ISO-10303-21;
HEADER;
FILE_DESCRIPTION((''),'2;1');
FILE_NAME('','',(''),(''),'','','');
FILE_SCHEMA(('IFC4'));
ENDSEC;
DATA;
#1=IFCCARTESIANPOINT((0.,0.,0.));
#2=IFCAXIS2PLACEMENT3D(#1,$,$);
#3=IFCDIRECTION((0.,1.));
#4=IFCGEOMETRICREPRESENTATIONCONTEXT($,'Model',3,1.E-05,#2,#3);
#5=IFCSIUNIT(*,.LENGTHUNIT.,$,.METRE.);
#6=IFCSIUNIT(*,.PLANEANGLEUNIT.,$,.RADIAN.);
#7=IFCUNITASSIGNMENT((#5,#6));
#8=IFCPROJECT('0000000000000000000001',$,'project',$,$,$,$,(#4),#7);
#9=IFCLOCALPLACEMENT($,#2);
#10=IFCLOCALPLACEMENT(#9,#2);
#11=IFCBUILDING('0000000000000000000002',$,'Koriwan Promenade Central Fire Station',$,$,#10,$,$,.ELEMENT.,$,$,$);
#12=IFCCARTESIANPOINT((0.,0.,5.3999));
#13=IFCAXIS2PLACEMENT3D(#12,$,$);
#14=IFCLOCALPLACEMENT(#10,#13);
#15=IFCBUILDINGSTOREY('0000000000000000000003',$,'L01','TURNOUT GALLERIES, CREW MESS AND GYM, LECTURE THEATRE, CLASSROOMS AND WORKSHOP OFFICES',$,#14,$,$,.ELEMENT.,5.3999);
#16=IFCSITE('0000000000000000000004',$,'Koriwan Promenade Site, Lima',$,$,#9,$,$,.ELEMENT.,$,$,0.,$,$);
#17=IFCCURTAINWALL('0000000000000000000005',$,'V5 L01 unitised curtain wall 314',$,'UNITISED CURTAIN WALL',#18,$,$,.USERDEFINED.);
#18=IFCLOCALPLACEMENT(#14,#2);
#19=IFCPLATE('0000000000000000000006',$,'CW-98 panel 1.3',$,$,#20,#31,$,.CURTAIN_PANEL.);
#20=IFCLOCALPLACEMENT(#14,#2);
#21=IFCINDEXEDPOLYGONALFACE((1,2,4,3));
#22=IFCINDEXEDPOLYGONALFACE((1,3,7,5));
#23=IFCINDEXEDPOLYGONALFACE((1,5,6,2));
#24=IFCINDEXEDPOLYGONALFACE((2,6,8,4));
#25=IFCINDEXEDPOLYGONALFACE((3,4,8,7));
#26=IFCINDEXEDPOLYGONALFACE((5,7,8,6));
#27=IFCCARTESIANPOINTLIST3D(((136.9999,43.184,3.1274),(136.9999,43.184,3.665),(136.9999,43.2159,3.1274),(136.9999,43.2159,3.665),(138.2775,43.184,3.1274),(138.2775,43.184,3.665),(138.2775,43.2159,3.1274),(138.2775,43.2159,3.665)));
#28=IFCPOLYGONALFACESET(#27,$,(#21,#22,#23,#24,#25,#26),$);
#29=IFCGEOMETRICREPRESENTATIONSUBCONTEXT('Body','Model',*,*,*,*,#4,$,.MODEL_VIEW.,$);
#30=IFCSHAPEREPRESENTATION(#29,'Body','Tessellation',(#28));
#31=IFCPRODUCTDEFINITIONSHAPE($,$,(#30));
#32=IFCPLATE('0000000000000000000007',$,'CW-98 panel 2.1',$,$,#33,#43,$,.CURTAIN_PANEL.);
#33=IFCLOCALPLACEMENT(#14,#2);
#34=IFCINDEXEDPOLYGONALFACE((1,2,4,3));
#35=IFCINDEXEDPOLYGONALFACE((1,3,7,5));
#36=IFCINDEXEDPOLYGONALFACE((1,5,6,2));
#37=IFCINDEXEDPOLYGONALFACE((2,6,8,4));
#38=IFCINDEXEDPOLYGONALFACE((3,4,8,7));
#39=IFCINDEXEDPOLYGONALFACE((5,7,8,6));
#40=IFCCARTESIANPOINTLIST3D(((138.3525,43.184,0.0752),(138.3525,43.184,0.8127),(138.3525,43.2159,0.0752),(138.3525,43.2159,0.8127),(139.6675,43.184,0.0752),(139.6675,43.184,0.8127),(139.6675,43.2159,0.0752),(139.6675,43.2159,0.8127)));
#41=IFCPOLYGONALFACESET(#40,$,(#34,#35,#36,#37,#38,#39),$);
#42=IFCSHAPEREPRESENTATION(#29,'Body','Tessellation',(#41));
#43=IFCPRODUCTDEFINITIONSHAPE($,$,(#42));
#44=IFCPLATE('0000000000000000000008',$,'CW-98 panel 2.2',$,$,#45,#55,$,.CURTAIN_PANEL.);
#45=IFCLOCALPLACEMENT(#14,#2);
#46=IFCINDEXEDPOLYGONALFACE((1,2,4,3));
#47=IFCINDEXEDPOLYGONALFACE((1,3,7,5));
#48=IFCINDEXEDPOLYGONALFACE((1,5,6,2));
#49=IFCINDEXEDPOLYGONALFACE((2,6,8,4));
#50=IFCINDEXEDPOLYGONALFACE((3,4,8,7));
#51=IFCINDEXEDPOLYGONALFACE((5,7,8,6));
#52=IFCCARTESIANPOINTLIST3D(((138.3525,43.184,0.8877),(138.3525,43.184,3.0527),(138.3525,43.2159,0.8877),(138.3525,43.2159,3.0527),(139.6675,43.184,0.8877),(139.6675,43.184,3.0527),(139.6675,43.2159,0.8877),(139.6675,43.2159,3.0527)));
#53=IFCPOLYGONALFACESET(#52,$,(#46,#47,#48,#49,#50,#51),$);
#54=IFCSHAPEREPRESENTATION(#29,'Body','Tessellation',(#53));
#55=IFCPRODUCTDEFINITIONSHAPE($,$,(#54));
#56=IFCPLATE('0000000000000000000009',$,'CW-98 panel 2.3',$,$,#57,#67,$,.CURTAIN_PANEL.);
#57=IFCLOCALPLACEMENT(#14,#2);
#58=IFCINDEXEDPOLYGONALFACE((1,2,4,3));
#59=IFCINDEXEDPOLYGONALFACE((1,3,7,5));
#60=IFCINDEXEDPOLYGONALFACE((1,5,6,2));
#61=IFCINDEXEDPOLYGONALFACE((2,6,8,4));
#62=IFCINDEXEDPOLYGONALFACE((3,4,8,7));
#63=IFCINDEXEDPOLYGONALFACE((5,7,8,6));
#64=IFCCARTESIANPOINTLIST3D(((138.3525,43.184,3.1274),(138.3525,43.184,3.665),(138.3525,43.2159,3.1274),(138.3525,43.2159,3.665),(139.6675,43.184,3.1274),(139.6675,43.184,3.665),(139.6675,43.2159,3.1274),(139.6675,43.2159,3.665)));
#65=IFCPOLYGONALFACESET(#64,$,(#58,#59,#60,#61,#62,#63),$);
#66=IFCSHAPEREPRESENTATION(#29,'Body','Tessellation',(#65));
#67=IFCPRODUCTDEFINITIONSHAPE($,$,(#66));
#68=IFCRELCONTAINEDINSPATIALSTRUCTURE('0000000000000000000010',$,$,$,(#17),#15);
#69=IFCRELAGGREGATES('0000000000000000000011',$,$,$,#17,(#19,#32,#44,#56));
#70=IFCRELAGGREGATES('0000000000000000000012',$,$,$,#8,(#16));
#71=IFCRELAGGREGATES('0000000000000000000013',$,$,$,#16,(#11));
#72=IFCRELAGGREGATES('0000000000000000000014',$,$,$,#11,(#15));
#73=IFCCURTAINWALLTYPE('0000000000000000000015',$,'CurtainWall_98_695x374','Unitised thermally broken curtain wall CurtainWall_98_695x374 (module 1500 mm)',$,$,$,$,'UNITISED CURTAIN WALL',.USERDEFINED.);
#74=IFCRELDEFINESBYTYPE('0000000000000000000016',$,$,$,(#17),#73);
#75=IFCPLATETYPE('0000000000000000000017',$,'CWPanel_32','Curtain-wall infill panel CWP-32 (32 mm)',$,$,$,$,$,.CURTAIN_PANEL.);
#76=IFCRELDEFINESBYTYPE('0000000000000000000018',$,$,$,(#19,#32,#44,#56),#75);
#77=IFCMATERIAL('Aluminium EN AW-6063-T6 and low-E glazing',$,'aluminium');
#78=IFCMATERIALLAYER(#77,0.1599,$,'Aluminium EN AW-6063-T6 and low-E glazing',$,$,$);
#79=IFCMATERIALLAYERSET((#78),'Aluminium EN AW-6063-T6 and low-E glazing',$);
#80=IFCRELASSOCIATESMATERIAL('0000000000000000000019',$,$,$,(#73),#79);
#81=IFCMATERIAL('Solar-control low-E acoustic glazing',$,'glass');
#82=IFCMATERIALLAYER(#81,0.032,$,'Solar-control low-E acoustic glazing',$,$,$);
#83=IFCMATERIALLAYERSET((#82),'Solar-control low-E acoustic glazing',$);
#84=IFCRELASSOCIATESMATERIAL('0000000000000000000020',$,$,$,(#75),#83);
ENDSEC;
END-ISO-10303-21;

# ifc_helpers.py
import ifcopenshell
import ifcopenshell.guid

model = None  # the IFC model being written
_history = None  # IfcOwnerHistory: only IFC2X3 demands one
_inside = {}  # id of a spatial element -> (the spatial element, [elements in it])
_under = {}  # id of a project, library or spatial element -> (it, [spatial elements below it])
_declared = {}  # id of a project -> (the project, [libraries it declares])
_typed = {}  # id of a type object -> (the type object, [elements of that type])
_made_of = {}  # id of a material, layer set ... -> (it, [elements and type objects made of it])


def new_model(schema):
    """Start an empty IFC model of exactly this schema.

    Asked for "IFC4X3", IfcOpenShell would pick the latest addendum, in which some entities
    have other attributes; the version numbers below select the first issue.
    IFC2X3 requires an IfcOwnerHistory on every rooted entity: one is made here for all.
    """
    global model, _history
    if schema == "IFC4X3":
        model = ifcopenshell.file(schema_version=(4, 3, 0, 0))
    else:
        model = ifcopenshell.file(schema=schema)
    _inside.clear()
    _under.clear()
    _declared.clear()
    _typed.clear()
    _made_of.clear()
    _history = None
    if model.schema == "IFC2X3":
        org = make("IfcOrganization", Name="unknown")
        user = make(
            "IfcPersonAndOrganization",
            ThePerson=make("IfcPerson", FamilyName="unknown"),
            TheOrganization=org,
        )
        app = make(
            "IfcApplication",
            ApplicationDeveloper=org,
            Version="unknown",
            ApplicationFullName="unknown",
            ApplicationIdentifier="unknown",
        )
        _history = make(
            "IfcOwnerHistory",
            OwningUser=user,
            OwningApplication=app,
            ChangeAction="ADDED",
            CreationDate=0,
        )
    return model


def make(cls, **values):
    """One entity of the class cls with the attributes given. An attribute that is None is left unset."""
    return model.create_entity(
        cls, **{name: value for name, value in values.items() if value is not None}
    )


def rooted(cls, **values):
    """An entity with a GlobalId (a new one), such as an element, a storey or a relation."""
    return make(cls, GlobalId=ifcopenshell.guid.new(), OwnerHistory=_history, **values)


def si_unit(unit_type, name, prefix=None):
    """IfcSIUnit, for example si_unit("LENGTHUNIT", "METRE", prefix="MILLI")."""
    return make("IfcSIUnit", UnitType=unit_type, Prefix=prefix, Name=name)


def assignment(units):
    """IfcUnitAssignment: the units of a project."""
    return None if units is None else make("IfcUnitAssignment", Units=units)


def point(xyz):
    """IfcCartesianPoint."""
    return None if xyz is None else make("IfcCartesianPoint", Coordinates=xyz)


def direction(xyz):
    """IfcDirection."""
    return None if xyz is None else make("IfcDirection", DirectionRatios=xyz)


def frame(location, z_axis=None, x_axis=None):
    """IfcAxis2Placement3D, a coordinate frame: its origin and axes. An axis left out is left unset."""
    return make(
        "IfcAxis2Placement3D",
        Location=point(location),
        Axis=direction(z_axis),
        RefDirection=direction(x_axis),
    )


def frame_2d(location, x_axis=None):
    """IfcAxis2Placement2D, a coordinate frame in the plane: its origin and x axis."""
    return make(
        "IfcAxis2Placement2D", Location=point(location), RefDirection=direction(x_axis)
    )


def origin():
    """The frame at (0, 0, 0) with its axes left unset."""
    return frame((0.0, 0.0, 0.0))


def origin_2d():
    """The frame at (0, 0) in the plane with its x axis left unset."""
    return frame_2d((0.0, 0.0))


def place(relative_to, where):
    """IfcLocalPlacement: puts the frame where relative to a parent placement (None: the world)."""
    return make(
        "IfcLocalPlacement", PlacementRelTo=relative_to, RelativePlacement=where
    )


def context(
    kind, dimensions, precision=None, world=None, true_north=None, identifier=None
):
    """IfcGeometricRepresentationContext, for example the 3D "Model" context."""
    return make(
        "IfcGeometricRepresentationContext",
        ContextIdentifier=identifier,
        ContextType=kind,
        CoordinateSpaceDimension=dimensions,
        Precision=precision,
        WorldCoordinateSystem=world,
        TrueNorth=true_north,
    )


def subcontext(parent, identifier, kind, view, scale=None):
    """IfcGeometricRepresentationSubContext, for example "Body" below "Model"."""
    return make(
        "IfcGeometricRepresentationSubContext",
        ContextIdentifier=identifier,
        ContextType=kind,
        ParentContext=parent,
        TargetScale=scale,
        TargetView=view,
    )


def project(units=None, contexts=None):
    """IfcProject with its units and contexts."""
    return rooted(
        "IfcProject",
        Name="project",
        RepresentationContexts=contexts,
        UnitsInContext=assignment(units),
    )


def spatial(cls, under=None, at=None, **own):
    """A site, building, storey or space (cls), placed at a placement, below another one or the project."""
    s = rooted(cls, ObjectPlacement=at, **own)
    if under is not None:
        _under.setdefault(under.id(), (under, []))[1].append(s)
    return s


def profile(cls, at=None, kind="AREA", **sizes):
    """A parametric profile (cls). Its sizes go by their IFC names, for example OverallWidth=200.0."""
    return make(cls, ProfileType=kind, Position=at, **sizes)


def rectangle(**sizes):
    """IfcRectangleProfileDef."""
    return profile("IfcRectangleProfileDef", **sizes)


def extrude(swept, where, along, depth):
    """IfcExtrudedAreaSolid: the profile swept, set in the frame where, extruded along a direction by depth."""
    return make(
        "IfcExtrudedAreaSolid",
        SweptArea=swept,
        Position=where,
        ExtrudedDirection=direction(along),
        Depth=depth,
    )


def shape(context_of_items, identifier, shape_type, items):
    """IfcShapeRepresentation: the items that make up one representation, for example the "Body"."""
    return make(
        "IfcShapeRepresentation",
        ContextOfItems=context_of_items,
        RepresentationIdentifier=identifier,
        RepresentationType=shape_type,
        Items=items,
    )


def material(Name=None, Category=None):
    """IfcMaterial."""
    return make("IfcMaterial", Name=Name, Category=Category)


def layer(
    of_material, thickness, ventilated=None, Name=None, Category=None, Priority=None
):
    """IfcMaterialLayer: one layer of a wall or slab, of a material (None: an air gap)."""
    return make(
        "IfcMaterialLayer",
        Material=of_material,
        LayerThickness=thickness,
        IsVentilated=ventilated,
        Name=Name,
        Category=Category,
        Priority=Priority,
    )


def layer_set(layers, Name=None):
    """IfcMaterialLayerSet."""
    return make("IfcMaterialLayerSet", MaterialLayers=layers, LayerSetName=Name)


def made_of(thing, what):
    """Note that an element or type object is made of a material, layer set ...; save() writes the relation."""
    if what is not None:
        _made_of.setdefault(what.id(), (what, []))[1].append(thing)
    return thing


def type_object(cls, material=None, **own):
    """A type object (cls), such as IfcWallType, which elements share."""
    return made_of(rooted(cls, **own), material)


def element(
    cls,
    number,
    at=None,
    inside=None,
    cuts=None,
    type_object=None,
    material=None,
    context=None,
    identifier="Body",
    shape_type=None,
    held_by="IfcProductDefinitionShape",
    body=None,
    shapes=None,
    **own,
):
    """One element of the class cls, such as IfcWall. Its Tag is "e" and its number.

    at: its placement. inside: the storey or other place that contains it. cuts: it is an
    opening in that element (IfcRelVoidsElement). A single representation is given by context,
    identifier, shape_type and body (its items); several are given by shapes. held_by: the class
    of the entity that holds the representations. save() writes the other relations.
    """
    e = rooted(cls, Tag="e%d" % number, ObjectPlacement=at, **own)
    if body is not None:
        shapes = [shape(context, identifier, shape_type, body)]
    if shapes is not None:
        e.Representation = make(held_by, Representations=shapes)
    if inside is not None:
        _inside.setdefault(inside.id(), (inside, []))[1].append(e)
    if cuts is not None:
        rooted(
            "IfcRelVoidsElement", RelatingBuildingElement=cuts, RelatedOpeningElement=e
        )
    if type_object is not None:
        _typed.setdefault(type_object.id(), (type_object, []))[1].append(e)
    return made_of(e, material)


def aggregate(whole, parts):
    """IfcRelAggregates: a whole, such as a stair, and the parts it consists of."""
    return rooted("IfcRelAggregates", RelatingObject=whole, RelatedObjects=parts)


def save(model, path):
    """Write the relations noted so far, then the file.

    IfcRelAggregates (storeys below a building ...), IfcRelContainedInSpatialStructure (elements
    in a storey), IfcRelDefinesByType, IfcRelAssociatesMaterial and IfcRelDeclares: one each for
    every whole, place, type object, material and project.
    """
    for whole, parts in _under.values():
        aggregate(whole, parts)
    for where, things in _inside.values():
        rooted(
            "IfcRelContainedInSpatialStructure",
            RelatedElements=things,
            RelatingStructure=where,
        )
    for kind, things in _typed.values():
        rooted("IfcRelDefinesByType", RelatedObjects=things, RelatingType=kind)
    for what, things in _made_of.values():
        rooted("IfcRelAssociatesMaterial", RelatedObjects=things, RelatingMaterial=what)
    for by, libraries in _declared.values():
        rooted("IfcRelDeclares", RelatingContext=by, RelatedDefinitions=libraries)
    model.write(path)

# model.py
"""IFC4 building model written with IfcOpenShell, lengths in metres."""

from ifc_helpers import new_model, si_unit, direction, frame, origin, origin_2d, place, context, subcontext, project, spatial, rectangle, extrude, material, layer, layer_set, type_object, element, aggregate, save


model = new_model("IFC4")

# Units and contexts
model_context = context("Model", 3, precision=1e-05, world=origin(), true_north=direction((0.0, 1.0)))
body_context = subcontext(model_context, "Body", "Model", "MODEL_VIEW")
ifc_project = project(units=[si_unit("LENGTHUNIT", "METRE"), si_unit("PLANEANGLEUNIT", "RADIAN")], contexts=[model_context])

# Site, building, storey
site_placement = place(None, origin())
site = spatial("IfcSite", under=ifc_project, at=site_placement, Name="Koriwan Promenade Site, Lima", CompositionType="ELEMENT", RefElevation=0.0)
building_placement = place(site_placement, origin())
building = spatial("IfcBuilding", under=site, at=building_placement, Name="Koriwan Promenade Central Fire Station", CompositionType="ELEMENT")
storey_placement = place(building_placement, frame((0.0, 0.0, 5.3999)))
storey = spatial("IfcBuildingStorey", under=building, at=storey_placement, Name="L01", Description="TURNOUT GALLERIES, CREW MESS AND GYM, LECTURE THEATRE, CLASSROOMS AND WORKSHOP OFFICES", CompositionType="ELEMENT", Elevation=5.3999)

# Shared definitions
ifc_material_1 = material(Name="Aluminium EN AW-6063-T6 and low-E glazing", Category="aluminium")
ifc_layer_1 = layer(ifc_material_1, 0.1599, Name="Aluminium EN AW-6063-T6 and low-E glazing")
ifc_layer_set_1 = layer_set([ifc_layer_1], Name="Aluminium EN AW-6063-T6 and low-E glazing")
curtain_wall_type = type_object("IfcCurtainWallType", Name="CurtainWall_98_695x374", Description="Unitised thermally broken curtain wall CurtainWall_98_695x374 (module 1500 mm)", ElementType="UNITISED CURTAIN WALL", PredefinedType="USERDEFINED", material=ifc_layer_set_1)

# Curtain wall
curtain_wall_1_placement = place(storey_placement, origin())
curtain_wall_1 = element("IfcCurtainWall", 1, at=curtain_wall_1_placement, inside=storey, type_object=curtain_wall_type, Name="V5 L01 unitised curtain wall 314", ObjectType="UNITISED CURTAIN WALL", PredefinedType="USERDEFINED")

# Plates
ifc_material_2 = material(Name="Solar-control low-E acoustic glazing", Category="glass")
ifc_layer_2 = layer(ifc_material_2, 0.032, Name="Solar-control low-E acoustic glazing")
ifc_layer_set_2 = layer_set([ifc_layer_2], Name="Solar-control low-E acoustic glazing")
plate_type = type_object("IfcPlateType", Name="CWPanel_32", Description="Curtain-wall infill panel CWP-32 (32 mm)", PredefinedType="CURTAIN_PANEL", material=ifc_layer_set_2)
plate_1_placement = place(storey_placement, frame((137.6387, 43.2, 3.1274), z_axis=(0.0, 0.0, 1.0), x_axis=(1.0, 0.0, 0.0)))
plate_1 = element("IfcPlate", 2, at=plate_1_placement, type_object=plate_type, Name="CW-98 panel 1.3", PredefinedType="CURTAIN_PANEL", context=body_context, shape_type="SweptSolid", body=[
    extrude(rectangle(XDim=1.2776, YDim=0.032, at=origin_2d()), origin(), (0.0, 0.0, 1.0), 0.5376),
])
plate_2_placement = place(storey_placement, frame((139.01, 43.2, 0.0752), z_axis=(0.0, 0.0, 1.0), x_axis=(1.0, 0.0, 0.0)))
plate_2 = element("IfcPlate", 3, at=plate_2_placement, type_object=plate_type, Name="CW-98 panel 2.1", PredefinedType="CURTAIN_PANEL", context=body_context, shape_type="SweptSolid", body=[
    extrude(rectangle(XDim=1.3149, YDim=0.032, at=origin_2d()), origin(), (0.0, 0.0, 1.0), 0.7375),
])
plate_3_placement = place(storey_placement, frame((139.01, 43.2, 0.8877), z_axis=(0.0, 0.0, 1.0), x_axis=(1.0, 0.0, 0.0)))
plate_3 = element("IfcPlate", 4, at=plate_3_placement, type_object=plate_type, Name="CW-98 panel 2.2", PredefinedType="CURTAIN_PANEL", context=body_context, shape_type="SweptSolid", body=[
    extrude(rectangle(XDim=1.3149, YDim=0.032, at=origin_2d()), origin(), (0.0, 0.0, 1.0), 2.165),
])
plate_4_placement = place(storey_placement, frame((139.01, 43.2, 3.1274), z_axis=(0.0, 0.0, 1.0), x_axis=(1.0, 0.0, 0.0)))
plate_4 = element("IfcPlate", 5, at=plate_4_placement, type_object=plate_type, Name="CW-98 panel 2.3", PredefinedType="CURTAIN_PANEL", context=body_context, shape_type="SweptSolid", body=[
    extrude(rectangle(XDim=1.3149, YDim=0.032, at=origin_2d()), origin(), (0.0, 0.0, 1.0), 0.5376),
])
aggregate(curtain_wall_1, [plate_1, plate_2, plate_3, plate_4])

save(model, "model.ifc")
